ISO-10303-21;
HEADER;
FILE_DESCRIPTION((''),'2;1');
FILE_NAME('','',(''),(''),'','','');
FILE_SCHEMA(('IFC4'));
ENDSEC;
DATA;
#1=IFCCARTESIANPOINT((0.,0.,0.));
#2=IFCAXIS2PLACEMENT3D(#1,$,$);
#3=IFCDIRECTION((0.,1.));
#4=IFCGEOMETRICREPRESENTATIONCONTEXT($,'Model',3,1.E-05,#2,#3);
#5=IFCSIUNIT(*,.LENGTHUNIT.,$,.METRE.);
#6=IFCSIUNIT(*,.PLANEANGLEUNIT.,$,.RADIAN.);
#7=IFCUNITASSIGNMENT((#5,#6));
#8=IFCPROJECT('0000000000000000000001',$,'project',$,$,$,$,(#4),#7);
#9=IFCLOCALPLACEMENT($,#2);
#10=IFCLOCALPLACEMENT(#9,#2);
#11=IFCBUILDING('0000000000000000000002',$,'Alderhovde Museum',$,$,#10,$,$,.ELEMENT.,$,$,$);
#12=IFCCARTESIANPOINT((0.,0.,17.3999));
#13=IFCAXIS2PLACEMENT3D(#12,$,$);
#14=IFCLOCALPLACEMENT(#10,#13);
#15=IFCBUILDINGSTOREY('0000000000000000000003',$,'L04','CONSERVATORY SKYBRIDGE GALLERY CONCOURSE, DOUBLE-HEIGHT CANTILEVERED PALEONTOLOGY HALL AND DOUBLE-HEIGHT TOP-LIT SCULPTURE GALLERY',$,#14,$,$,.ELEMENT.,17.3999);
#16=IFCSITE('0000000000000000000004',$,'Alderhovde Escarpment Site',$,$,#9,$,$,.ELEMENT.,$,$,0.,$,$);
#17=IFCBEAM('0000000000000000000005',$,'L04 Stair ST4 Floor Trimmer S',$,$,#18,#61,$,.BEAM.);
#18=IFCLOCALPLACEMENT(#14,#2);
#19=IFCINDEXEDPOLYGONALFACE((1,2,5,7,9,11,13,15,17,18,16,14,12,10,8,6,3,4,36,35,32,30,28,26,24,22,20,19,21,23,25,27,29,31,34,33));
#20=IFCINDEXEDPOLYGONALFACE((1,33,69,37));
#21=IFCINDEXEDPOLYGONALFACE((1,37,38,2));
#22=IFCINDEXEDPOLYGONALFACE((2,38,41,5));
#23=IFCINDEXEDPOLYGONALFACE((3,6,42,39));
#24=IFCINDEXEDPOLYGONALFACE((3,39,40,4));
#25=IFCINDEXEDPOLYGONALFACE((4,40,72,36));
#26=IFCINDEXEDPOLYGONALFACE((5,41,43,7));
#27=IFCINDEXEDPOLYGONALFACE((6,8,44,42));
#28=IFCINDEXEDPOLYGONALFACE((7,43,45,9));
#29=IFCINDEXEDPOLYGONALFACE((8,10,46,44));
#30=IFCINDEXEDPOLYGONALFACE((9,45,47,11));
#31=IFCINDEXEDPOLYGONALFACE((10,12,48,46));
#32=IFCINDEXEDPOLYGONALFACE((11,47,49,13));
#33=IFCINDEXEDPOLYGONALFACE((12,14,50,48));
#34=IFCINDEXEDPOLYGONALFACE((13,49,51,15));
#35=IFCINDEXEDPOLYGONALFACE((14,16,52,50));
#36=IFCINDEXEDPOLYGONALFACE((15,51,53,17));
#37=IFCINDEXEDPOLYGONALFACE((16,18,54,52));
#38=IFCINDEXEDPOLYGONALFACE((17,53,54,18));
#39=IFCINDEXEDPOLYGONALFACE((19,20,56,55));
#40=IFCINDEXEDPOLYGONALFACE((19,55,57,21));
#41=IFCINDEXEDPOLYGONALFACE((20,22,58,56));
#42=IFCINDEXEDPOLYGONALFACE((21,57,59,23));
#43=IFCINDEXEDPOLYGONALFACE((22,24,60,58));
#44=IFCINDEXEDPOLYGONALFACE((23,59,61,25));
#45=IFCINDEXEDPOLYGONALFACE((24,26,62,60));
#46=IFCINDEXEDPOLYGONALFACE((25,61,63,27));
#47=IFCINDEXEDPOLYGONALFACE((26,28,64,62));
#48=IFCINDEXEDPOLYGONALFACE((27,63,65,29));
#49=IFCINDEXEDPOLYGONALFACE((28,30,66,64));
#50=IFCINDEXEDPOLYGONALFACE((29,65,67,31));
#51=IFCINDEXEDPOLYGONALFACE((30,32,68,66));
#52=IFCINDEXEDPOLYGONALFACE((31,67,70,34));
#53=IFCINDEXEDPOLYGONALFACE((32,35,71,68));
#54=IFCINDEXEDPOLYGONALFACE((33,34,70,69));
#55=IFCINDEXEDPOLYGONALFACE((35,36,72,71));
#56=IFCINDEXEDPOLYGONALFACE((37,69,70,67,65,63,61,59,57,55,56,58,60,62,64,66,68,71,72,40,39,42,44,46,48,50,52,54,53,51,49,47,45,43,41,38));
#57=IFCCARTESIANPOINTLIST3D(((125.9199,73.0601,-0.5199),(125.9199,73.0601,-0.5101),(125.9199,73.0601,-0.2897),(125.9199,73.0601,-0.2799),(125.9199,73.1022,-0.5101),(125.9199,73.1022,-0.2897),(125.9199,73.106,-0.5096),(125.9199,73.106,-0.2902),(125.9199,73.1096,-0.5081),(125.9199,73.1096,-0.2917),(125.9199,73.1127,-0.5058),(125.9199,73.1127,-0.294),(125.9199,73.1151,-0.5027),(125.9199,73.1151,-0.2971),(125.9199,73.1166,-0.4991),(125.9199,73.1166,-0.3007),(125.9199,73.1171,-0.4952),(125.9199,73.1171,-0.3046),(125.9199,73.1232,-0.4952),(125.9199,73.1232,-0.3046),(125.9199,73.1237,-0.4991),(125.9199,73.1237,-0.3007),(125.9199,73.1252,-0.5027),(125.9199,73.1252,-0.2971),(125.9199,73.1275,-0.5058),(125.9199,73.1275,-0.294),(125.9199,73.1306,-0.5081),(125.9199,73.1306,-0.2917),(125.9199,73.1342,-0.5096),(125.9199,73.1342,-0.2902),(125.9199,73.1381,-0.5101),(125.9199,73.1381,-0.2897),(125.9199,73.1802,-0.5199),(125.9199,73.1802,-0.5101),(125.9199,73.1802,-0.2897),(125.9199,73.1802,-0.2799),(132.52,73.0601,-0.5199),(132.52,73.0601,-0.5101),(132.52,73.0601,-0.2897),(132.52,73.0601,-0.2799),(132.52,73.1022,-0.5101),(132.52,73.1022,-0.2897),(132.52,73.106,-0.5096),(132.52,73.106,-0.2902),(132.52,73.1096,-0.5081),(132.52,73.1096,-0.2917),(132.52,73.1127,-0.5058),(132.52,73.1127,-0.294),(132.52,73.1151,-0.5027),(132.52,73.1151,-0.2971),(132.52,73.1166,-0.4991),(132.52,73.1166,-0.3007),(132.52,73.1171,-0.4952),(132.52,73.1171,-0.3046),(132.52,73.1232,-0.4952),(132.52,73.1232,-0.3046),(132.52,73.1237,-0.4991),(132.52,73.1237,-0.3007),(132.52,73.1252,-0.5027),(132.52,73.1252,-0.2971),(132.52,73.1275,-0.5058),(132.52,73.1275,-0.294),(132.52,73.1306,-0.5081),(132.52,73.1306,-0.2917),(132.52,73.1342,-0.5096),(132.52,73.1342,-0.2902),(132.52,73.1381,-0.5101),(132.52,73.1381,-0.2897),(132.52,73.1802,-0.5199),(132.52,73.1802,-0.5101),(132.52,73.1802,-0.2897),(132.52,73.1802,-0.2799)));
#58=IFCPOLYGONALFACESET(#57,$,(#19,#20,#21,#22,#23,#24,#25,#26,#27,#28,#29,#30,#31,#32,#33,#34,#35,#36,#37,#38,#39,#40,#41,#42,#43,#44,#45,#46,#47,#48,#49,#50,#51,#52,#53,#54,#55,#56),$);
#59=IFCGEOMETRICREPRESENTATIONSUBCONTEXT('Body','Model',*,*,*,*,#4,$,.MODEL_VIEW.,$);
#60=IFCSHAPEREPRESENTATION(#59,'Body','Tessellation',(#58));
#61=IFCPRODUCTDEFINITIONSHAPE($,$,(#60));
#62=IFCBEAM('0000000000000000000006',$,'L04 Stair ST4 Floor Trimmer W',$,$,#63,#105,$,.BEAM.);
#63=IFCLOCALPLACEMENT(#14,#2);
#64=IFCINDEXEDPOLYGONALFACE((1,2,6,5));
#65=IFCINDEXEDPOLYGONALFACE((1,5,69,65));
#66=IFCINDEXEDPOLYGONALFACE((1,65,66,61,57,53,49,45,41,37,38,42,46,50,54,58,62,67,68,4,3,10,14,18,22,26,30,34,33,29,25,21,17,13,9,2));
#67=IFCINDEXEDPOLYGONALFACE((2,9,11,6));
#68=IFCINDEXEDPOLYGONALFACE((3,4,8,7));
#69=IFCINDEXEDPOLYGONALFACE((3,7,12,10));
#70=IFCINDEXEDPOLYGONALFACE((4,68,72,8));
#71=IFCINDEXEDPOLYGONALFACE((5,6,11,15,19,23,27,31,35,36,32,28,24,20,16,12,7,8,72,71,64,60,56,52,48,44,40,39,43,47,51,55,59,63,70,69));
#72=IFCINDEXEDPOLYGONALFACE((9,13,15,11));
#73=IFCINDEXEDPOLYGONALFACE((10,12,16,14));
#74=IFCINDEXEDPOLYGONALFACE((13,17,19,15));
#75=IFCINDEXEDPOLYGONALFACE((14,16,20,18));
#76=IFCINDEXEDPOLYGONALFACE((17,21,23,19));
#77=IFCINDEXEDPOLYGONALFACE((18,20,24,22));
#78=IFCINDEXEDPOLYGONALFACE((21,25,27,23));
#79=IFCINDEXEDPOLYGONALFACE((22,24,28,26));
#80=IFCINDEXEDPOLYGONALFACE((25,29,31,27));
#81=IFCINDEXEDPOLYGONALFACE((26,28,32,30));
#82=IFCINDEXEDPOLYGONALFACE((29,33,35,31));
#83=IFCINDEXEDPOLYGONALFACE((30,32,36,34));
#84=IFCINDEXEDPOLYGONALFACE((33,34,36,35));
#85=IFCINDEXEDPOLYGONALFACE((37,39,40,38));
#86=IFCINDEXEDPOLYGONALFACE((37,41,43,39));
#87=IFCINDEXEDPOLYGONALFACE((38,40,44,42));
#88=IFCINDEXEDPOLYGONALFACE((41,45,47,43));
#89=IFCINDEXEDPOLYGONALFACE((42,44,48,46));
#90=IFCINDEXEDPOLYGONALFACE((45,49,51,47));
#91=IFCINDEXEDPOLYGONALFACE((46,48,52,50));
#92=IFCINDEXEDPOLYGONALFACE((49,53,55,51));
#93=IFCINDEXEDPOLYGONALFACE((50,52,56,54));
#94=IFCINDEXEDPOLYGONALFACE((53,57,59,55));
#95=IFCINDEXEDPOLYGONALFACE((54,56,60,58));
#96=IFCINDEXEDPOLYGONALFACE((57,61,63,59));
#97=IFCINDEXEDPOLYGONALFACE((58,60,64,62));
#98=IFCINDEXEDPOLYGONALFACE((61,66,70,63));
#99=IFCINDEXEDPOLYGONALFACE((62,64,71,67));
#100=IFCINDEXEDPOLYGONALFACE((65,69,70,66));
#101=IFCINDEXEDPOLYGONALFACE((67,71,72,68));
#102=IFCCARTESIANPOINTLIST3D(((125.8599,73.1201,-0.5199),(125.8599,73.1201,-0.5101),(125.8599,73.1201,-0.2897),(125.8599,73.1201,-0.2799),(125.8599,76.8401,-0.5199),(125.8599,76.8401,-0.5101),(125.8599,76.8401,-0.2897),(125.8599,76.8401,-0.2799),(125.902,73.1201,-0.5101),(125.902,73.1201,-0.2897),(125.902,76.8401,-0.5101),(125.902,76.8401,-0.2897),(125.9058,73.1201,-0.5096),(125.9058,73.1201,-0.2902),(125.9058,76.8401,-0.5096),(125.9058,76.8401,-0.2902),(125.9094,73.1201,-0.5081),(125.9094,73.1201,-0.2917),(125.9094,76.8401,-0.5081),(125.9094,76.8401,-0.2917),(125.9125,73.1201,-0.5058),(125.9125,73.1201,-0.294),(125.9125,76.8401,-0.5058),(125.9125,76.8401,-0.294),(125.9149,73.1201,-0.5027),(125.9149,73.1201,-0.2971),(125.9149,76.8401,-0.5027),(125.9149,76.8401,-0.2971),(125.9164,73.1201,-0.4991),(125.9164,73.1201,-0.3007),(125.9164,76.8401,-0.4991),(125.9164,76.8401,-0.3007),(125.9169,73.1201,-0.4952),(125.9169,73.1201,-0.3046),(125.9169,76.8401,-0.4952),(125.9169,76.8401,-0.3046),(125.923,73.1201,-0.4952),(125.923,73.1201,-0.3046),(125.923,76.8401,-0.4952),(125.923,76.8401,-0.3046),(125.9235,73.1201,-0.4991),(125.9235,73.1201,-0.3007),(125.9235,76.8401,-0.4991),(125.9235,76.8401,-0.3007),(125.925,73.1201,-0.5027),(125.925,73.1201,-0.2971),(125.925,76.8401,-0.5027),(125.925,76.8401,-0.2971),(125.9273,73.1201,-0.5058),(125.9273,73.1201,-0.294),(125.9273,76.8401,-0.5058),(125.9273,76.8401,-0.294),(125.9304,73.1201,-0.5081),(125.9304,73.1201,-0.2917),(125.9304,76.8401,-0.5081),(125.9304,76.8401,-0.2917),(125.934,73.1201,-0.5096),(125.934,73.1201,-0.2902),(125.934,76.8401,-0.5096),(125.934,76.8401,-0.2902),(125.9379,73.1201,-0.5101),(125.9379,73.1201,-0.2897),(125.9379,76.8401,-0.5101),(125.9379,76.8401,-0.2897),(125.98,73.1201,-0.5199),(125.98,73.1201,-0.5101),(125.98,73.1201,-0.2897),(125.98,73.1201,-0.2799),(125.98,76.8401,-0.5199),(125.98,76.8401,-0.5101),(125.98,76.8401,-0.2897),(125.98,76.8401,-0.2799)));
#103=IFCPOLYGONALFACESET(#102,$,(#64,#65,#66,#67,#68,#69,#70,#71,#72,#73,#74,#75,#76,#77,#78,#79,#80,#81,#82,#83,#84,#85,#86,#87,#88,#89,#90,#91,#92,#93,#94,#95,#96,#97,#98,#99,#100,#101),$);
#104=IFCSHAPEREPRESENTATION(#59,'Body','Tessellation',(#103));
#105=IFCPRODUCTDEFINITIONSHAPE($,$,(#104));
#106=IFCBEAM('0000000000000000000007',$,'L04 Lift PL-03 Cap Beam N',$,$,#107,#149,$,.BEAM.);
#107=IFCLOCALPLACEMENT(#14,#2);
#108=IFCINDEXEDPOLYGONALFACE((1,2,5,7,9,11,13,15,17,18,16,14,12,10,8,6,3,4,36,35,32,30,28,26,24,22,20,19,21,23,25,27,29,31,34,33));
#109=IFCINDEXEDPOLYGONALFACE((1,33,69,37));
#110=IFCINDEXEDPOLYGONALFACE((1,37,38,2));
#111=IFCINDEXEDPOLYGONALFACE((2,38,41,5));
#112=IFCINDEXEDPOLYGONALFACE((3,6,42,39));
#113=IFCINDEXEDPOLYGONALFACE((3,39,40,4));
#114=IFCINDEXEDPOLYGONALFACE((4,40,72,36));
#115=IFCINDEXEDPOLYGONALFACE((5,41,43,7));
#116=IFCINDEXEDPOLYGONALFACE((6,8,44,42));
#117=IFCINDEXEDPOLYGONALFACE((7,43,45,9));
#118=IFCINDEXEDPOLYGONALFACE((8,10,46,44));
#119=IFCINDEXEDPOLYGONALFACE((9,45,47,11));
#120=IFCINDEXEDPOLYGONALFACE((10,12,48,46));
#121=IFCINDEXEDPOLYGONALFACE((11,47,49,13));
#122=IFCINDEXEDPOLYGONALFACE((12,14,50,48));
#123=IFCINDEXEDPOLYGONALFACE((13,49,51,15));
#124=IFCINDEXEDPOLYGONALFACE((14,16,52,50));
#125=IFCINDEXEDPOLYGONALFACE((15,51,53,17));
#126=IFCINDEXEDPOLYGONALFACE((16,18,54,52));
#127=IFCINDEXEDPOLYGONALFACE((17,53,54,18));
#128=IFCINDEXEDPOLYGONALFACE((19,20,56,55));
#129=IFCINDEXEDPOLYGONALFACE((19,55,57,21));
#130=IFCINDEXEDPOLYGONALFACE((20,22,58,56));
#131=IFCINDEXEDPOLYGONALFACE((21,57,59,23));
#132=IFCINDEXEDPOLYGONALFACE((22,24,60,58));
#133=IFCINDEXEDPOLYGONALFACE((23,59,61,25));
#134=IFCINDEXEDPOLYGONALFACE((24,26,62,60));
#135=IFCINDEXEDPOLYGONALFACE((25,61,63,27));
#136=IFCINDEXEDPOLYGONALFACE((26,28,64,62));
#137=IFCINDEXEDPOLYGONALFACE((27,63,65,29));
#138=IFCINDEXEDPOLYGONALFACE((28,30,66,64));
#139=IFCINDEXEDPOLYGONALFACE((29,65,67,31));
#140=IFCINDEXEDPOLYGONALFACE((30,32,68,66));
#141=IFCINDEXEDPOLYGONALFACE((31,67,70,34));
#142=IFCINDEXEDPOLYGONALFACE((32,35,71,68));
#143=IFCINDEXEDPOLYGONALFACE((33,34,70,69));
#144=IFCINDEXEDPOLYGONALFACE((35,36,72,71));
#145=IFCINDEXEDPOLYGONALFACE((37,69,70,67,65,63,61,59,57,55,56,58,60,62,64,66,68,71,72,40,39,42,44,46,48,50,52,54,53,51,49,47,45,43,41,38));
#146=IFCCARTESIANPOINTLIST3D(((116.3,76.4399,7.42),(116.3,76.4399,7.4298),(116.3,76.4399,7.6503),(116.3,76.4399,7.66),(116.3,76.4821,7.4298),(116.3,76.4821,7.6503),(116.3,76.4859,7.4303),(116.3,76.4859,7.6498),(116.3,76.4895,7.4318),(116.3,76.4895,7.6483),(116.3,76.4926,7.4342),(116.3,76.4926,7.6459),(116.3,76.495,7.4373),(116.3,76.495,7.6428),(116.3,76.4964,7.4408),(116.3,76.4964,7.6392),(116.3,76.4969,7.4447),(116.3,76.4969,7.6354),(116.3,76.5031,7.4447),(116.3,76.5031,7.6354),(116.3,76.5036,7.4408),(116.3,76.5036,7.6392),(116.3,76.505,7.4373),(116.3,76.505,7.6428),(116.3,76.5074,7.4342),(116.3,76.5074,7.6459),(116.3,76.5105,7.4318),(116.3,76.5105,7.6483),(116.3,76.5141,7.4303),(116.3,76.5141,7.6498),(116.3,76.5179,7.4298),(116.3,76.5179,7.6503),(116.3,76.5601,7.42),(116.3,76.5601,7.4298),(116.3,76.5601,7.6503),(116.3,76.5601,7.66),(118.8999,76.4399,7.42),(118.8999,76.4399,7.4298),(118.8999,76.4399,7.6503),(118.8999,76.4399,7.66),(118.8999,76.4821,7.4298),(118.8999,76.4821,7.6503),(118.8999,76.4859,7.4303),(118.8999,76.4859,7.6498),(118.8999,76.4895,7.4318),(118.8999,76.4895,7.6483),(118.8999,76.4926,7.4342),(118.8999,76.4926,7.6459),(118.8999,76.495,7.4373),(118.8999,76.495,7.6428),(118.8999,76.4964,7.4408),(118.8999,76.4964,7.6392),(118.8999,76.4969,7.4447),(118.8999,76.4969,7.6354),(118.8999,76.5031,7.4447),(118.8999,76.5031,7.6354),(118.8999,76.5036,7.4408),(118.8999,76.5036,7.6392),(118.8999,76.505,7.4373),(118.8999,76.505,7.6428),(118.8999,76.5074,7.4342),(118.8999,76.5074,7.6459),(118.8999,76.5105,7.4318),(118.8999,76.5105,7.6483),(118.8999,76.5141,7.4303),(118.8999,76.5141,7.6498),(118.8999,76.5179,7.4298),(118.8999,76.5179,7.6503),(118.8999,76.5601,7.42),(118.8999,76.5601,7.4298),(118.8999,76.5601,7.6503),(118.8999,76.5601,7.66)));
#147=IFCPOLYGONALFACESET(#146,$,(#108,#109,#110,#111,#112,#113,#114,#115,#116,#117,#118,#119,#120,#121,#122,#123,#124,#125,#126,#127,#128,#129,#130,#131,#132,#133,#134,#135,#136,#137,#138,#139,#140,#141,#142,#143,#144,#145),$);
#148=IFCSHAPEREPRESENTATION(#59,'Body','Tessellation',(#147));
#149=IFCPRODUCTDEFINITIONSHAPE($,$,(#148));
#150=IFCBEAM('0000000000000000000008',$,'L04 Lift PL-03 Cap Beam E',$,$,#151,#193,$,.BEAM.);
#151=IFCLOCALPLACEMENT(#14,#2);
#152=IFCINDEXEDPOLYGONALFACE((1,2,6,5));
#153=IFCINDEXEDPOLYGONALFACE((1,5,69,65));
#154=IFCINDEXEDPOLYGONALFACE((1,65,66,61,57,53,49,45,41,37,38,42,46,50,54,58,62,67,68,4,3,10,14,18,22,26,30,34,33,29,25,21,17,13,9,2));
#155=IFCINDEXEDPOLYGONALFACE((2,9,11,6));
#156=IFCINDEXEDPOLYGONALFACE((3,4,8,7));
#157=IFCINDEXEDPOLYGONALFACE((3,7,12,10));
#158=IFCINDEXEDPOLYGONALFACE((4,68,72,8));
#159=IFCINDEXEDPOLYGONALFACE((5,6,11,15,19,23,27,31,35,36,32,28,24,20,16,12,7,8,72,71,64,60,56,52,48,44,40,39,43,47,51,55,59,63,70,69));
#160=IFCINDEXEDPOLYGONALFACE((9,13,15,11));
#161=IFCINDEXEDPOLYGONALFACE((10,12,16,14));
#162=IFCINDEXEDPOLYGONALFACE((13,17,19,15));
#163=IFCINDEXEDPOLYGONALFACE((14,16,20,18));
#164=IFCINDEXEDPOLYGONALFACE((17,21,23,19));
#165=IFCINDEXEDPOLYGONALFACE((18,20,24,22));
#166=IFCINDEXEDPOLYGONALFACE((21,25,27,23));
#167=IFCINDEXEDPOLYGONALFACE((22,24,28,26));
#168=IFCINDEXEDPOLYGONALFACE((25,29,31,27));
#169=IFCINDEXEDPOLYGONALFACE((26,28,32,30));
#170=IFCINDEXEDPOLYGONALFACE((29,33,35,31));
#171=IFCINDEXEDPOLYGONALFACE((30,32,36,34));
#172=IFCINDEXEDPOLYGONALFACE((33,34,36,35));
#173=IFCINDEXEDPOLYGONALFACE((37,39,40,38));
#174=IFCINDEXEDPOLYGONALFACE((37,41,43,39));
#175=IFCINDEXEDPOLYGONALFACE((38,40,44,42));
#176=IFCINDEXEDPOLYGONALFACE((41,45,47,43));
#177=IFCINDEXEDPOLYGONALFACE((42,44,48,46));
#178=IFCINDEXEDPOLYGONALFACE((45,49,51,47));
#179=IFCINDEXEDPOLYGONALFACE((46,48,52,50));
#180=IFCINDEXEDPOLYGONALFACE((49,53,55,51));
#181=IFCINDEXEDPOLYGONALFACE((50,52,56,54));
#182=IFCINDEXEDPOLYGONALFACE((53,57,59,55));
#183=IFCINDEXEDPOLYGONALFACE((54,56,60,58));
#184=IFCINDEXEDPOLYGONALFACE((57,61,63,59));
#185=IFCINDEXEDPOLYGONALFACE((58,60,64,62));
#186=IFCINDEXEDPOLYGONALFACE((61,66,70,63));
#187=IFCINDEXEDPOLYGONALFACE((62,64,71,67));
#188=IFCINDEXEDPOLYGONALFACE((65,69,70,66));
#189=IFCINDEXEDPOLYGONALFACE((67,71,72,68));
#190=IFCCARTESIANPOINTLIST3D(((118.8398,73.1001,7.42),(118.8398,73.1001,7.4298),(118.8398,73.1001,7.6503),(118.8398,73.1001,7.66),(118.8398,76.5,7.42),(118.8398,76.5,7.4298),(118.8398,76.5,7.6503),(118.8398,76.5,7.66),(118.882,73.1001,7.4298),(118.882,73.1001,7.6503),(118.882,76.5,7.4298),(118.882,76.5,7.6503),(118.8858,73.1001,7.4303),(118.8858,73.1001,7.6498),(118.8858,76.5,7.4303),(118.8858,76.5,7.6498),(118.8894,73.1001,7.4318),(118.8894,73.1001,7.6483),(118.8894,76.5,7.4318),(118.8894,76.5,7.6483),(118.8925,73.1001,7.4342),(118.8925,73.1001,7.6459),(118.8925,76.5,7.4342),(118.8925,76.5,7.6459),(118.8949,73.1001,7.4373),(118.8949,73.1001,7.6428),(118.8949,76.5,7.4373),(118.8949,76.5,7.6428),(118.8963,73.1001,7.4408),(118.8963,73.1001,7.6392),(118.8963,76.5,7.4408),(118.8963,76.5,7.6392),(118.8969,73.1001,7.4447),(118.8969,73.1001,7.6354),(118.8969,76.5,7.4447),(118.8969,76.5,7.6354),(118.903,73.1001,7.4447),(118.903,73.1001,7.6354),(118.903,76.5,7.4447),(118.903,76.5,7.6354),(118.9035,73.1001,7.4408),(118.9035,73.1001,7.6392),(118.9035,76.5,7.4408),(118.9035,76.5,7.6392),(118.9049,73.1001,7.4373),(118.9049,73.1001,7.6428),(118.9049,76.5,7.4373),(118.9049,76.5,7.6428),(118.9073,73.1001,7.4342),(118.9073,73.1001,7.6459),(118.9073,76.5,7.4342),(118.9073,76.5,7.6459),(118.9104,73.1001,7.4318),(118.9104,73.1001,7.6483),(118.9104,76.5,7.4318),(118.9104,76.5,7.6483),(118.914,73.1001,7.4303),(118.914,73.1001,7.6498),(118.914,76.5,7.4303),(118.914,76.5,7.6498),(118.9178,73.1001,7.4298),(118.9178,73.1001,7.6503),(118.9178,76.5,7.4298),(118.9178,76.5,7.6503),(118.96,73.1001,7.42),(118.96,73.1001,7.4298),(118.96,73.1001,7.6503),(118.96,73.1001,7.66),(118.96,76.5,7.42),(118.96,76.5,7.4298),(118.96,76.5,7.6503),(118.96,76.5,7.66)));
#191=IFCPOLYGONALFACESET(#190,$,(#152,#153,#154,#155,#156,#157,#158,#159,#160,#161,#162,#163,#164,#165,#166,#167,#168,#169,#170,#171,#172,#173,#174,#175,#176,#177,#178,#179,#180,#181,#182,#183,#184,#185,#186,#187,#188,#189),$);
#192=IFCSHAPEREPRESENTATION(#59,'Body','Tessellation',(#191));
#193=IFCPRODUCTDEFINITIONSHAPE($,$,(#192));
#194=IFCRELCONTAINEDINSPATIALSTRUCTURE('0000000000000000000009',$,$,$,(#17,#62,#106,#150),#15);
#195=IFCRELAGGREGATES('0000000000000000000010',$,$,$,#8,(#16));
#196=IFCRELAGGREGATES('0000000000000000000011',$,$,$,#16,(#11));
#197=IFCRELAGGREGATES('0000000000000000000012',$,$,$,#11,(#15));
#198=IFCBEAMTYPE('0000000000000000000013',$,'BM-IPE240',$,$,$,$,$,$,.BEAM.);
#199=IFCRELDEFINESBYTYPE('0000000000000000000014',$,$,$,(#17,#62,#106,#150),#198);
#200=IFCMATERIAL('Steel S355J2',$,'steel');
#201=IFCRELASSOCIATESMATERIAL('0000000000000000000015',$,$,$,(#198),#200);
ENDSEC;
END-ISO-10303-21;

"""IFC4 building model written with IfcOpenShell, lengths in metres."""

from ifc_helpers import new_model, si_unit, direction, frame, origin, origin_2d, place, context, subcontext, project, spatial, i_section, extrude, material, material_profile, profile_set, type_object, element, save


model = new_model("IFC4")

# Units and contexts
model_context = context("Model", 3, precision=1e-05, world=origin(), true_north=direction((0.0, 1.0)))
body_context = subcontext(model_context, "Body", "Model", "MODEL_VIEW")
ifc_project = project(units=[si_unit("LENGTHUNIT", "METRE"), si_unit("PLANEANGLEUNIT", "RADIAN")], contexts=[model_context])

# Site, building, storey
site_placement = place(None, origin())
site = spatial("IfcSite", under=ifc_project, at=site_placement, Name="Alderhovde Escarpment Site", CompositionType="ELEMENT", RefElevation=0.0)
building_placement = place(site_placement, origin())
building = spatial("IfcBuilding", under=site, at=building_placement, Name="Alderhovde Museum", CompositionType="ELEMENT")
storey_placement = place(building_placement, frame((0.0, 0.0, 17.3999)))
storey = spatial("IfcBuildingStorey", under=building, at=storey_placement, Name="L04", Description="CONSERVATORY SKYBRIDGE GALLERY CONCOURSE, DOUBLE-HEIGHT CANTILEVERED PALEONTOLOGY HALL AND DOUBLE-HEIGHT TOP-LIT SCULPTURE GALLERY", CompositionType="ELEMENT", Elevation=17.3999)

# Beams
ifc_material_1 = material(Name="Steel S355J2", Category="steel")
ifc_material_profile_1 = material_profile(ifc_material_1, i_section(OverallWidth=0.1201, OverallDepth=0.24, WebThickness=0.0061, FlangeThickness=0.0098, FilletRadius=0.0149, at=origin_2d()), Name="IPE 240")
ifc_profile_set_1 = profile_set([ifc_material_profile_1], Name="Steel S355J2")
beam_type_1 = type_object("IfcBeamType", Name="BM-IPE240", PredefinedType="BEAM", material=ifc_profile_set_1)
beam_1_placement = place(storey_placement, frame((125.9199, 73.1201, -0.3999), z_axis=(1.0, 0.0, 0.0), x_axis=(0.0, 1.0, 0.0)))
element("IfcBeam", 1, at=beam_1_placement, inside=storey, type_object=beam_type_1, Name="L04 Stair ST4 Floor Trimmer S", PredefinedType="BEAM", context=body_context, shape_type="SweptSolid", body=[
    extrude(i_section(OverallWidth=0.1201, OverallDepth=0.24, WebThickness=0.0061, FlangeThickness=0.0098, FilletRadius=0.0149, at=origin_2d()), origin(), (0.0, 0.0, 1.0), 6.6001),
])
beam_2_placement = place(storey_placement, frame((125.9199, 73.1201, -0.3999), z_axis=(0.0, 1.0, 0.0), x_axis=(-1.0, 0.0, 0.0)))
element("IfcBeam", 2, at=beam_2_placement, inside=storey, type_object=beam_type_1, Name="L04 Stair ST4 Floor Trimmer W", PredefinedType="BEAM", context=body_context, shape_type="SweptSolid", body=[
    extrude(i_section(OverallWidth=0.1201, OverallDepth=0.24, WebThickness=0.0061, FlangeThickness=0.0098, FilletRadius=0.0149, at=origin_2d()), origin(), (0.0, 0.0, 1.0), 3.72),
])
beam_3_placement = place(storey_placement, frame((116.3, 76.5, 7.54), z_axis=(1.0, 0.0, 0.0), x_axis=(0.0, 1.0, 0.0)))
element("IfcBeam", 3, at=beam_3_placement, inside=storey, type_object=beam_type_1, Name="L04 Lift PL-03 Cap Beam N", PredefinedType="BEAM", context=body_context, shape_type="SweptSolid", body=[
    extrude(i_section(OverallWidth=0.1201, OverallDepth=0.24, WebThickness=0.0061, FlangeThickness=0.0098, FilletRadius=0.0149, at=origin_2d()), origin(), (0.0, 0.0, 1.0), 2.5999),
])
beam_4_placement = place(storey_placement, frame((118.8999, 73.1001, 7.54), z_axis=(0.0, 1.0, 0.0), x_axis=(-1.0, 0.0, 0.0)))
element("IfcBeam", 4, at=beam_4_placement, inside=storey, type_object=beam_type_1, Name="L04 Lift PL-03 Cap Beam E", PredefinedType="BEAM", context=body_context, shape_type="SweptSolid", body=[
    extrude(i_section(OverallWidth=0.1201, OverallDepth=0.24, WebThickness=0.0061, FlangeThickness=0.0098, FilletRadius=0.0149, at=origin_2d()), origin(), (0.0, 0.0, 1.0), 3.3999),
])

save(model, "model.ifc")
